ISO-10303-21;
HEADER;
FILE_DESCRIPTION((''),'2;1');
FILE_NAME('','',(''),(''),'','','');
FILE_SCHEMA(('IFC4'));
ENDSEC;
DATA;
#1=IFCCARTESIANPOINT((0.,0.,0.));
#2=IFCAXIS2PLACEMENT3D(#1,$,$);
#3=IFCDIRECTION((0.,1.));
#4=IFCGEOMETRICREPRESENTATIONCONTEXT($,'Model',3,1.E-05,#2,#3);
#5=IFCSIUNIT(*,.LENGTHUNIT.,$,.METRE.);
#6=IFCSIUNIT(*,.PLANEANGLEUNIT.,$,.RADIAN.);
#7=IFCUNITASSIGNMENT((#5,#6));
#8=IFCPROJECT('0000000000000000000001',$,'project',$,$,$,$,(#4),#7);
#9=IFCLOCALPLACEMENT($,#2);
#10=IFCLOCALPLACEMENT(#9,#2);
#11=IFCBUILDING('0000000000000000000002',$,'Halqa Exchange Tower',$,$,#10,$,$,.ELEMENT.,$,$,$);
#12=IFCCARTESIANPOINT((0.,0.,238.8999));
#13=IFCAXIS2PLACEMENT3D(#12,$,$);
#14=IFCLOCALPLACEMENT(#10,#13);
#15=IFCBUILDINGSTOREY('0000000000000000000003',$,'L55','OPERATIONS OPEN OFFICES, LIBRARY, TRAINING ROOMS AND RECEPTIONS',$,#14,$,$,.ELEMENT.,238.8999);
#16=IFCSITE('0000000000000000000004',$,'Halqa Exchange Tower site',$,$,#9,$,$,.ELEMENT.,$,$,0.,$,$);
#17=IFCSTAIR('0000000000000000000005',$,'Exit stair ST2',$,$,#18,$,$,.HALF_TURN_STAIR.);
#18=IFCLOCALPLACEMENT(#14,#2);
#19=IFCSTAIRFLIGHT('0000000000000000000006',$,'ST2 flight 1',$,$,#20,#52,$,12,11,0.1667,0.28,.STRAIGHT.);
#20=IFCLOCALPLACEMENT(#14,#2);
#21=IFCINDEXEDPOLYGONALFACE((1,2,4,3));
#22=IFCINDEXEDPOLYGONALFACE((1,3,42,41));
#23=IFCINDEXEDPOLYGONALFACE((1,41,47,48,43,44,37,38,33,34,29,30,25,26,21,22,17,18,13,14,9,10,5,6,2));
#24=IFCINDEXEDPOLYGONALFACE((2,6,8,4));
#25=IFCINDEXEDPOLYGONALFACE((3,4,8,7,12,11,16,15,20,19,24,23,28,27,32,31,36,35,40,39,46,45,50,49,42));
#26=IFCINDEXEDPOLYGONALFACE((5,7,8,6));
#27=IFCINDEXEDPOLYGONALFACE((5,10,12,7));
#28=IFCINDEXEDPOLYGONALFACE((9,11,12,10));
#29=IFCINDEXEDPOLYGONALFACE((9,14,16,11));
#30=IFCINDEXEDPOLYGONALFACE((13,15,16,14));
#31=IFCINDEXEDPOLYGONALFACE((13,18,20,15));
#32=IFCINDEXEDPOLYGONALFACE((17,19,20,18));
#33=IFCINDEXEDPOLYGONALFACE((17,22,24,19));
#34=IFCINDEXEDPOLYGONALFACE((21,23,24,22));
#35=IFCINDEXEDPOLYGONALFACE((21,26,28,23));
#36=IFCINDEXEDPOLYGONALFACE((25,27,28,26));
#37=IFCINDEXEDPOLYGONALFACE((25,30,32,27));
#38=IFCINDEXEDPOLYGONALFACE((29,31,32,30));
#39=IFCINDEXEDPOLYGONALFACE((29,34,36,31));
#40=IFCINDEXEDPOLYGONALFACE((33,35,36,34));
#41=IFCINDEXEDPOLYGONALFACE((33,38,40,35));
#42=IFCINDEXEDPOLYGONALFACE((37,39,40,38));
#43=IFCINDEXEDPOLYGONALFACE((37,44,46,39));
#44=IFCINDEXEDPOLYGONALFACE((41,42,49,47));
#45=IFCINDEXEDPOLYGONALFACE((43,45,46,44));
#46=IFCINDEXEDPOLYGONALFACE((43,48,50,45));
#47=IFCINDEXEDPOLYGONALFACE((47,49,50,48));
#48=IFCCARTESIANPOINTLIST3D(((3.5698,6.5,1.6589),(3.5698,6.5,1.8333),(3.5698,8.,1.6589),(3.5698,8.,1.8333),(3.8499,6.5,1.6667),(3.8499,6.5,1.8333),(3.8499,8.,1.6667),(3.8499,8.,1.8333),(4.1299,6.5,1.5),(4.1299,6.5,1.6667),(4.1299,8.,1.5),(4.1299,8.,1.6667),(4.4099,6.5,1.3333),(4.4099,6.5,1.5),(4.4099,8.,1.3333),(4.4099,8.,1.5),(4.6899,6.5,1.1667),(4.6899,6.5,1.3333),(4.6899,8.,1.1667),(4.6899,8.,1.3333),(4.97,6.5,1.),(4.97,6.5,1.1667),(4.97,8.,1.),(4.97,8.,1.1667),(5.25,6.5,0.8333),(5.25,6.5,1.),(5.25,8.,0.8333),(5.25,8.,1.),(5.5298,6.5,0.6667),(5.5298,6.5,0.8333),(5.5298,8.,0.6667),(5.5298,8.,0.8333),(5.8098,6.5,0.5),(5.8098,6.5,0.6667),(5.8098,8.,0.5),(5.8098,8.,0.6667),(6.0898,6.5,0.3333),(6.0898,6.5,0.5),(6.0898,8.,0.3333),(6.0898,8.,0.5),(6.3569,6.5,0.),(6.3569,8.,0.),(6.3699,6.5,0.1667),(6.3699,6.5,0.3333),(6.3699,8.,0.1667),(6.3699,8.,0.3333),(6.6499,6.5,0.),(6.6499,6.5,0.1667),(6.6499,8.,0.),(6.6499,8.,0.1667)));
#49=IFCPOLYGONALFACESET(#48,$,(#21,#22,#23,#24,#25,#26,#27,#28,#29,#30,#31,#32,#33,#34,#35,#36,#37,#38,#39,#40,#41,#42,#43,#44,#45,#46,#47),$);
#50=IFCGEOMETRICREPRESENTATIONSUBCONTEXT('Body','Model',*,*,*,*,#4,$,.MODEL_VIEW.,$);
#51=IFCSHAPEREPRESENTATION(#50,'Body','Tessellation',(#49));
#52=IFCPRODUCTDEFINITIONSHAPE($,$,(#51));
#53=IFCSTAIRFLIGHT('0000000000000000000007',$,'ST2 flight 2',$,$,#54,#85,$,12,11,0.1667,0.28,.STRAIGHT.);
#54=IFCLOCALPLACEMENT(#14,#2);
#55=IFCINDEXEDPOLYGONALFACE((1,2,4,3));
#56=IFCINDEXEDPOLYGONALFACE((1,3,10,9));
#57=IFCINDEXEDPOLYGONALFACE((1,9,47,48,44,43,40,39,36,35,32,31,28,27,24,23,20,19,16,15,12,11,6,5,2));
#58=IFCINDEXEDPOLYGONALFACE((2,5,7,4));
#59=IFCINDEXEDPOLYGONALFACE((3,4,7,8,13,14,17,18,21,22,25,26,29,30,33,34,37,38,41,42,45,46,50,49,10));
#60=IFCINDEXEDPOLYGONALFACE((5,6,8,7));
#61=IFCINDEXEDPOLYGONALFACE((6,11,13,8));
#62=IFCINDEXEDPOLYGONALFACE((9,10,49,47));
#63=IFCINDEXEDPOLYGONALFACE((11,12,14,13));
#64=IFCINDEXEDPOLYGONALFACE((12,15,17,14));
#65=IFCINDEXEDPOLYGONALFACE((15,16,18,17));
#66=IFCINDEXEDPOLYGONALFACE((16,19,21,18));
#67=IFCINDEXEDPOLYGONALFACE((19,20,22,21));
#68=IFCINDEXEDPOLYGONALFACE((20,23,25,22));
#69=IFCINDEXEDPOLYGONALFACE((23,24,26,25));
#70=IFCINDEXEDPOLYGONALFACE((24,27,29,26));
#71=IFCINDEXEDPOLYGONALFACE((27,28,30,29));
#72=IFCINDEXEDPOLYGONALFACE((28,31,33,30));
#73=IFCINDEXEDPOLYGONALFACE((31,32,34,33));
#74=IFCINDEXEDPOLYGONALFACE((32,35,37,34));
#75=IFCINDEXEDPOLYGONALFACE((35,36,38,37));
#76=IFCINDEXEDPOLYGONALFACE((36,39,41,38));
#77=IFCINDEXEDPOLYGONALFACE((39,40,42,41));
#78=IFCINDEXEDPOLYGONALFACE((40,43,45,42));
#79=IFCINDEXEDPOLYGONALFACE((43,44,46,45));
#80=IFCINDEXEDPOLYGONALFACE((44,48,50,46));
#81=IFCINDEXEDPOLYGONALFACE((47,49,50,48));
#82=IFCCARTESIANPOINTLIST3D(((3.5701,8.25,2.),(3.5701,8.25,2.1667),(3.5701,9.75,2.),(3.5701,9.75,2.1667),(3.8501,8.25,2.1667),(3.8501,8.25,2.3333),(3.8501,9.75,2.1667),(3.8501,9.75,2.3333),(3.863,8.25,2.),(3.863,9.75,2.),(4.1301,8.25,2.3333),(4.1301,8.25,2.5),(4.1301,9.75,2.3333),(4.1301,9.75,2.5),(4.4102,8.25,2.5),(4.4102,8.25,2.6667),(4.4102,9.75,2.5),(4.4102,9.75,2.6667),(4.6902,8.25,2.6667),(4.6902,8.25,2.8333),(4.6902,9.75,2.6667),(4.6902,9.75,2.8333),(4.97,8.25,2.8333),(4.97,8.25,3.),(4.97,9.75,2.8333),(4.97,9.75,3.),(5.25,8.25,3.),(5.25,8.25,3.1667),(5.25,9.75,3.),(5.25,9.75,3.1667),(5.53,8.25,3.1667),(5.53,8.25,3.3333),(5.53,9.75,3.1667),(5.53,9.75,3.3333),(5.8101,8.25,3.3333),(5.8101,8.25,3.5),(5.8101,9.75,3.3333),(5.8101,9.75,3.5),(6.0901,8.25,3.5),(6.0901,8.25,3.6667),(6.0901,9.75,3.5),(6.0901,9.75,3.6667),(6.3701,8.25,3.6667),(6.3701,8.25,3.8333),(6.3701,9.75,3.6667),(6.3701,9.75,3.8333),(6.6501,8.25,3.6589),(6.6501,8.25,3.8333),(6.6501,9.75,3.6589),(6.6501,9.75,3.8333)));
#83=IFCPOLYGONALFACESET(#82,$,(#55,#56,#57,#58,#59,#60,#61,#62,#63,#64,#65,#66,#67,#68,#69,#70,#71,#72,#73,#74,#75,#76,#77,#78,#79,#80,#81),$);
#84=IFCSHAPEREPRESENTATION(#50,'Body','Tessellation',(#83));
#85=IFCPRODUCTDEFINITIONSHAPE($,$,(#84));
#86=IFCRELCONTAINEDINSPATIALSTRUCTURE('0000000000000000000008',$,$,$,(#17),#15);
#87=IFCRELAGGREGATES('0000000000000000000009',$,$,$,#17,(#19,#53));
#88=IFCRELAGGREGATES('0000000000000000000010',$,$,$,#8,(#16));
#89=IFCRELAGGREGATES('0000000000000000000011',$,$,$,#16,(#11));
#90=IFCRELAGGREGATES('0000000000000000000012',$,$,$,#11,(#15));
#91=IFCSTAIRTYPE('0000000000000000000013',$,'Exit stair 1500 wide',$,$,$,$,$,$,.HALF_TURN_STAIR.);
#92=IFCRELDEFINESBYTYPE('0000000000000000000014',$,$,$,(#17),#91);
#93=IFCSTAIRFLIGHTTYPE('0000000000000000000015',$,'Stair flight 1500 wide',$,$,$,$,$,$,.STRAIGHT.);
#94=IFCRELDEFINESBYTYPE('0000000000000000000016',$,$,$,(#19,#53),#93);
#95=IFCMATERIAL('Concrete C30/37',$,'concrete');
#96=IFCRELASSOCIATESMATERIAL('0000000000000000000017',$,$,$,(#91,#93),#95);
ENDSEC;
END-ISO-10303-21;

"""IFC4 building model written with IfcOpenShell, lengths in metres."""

from ifc_helpers import new_model, si_unit, direction, frame, origin, place, context, subcontext, project, spatial, polyline, outline, extrude, material, type_object, element, aggregate, save


model = new_model("IFC4")

# Units and contexts
model_context = context("Model", 3, precision=1e-05, world=origin(), true_north=direction((0.0, 1.0)))
body_context = subcontext(model_context, "Body", "Model", "MODEL_VIEW")
ifc_project = project(units=[si_unit("LENGTHUNIT", "METRE"), si_unit("PLANEANGLEUNIT", "RADIAN")], contexts=[model_context])

# Site, building, storey
site_placement = place(None, origin())
site = spatial("IfcSite", under=ifc_project, at=site_placement, Name="Halqa Exchange Tower site", CompositionType="ELEMENT", RefElevation=0.0)
building_placement = place(site_placement, origin())
building = spatial("IfcBuilding", under=site, at=building_placement, Name="Halqa Exchange Tower", CompositionType="ELEMENT")
storey_placement = place(building_placement, frame((0.0, 0.0, 238.8999)))
storey = spatial("IfcBuildingStorey", under=building, at=storey_placement, Name="L55", Description="OPERATIONS OPEN OFFICES, LIBRARY, TRAINING ROOMS AND RECEPTIONS", CompositionType="ELEMENT", Elevation=238.8999)

# Stair
ifc_material_1 = material(Name="Concrete C30/37", Category="concrete")
stair_type = type_object("IfcStairType", Name="Exit stair 1500 wide", PredefinedType="HALF_TURN_STAIR", material=ifc_material_1)
stair_1_placement = place(storey_placement, origin())
stair_1 = element("IfcStair", 1, at=stair_1_placement, inside=storey, type_object=stair_type, Name="Exit stair ST2", PredefinedType="HALF_TURN_STAIR")

# Stair flights
stair_flight_type = type_object("IfcStairFlightType", Name="Stair flight 1500 wide", PredefinedType="STRAIGHT", material=ifc_material_1)
stair_flight_1_placement = place(storey_placement, frame((6.6499, 7.25, 0.0), z_axis=(0.0, 0.0, 1.0), x_axis=(-1.0, 0.0, 0.0)))
stair_flight_1 = element("IfcStairFlight", 2, at=stair_flight_1_placement, type_object=stair_flight_type, Name="ST2 flight 1", NumberOfRisers=12, NumberOfTreads=11, PredefinedType="STRAIGHT", RiserHeight=0.1667, TreadLength=0.28, context=body_context, shape_type="SweptSolid", body=[
    extrude(outline(polyline([(0.0, 0.0), (0.0, 0.1667), (0.28, 0.1667), (0.28, 0.3333), (0.5601, 0.3333), (0.5601, 0.5), (0.8401, 0.5), (0.8401, 0.6667), (1.1201, 0.6667), (1.1201, 0.8333), (1.3999, 0.8333), (1.3999, 1.0), (1.6799, 1.0), (1.6799, 1.1667), (1.96, 1.1667), (1.96, 1.3333), (2.24, 1.3333), (2.24, 1.5), (2.52, 1.5), (2.52, 1.6667), (2.8, 1.6667), (2.8, 1.8333), (3.0801, 1.8333), (3.0801, 2.0), (3.0801, 1.6589), (0.293, 0.0), (0.0, 0.0)])), frame((0.0, 0.75, 0.0), z_axis=(0.0, -1.0, 0.0), x_axis=(1.0, 0.0, 0.0)), (0.0, 0.0, 1.0), 1.5),
])
stair_flight_2_placement = place(storey_placement, frame((3.5701, 9.0, 2.0), z_axis=(0.0, 0.0, 1.0), x_axis=(1.0, 0.0, 0.0)))
stair_flight_2 = element("IfcStairFlight", 3, at=stair_flight_2_placement, type_object=stair_flight_type, Name="ST2 flight 2", NumberOfRisers=12, NumberOfTreads=11, PredefinedType="STRAIGHT", RiserHeight=0.1667, TreadLength=0.28, context=body_context, shape_type="SweptSolid", body=[
    extrude(outline(polyline([(0.0, 0.0), (0.0, 0.1667), (0.28, 0.1667), (0.28, 0.3333), (0.5601, 0.3333), (0.5601, 0.5), (0.8401, 0.5), (0.8401, 0.6667), (1.1201, 0.6667), (1.1201, 0.8333), (1.3999, 0.8333), (1.3999, 1.0), (1.6799, 1.0), (1.6799, 1.1667), (1.96, 1.1667), (1.96, 1.3333), (2.24, 1.3333), (2.24, 1.5), (2.52, 1.5), (2.52, 1.6667), (2.8, 1.6667), (2.8, 1.8333), (3.0801, 1.8333), (3.0801, 2.0), (3.0801, 1.6589), (0.293, 0.0), (0.0, 0.0)])), frame((0.0, 0.75, 0.0), z_axis=(0.0, -1.0, 0.0), x_axis=(1.0, 0.0, 0.0)), (0.0, 0.0, 1.0), 1.5),
])
aggregate(stair_1, [stair_flight_1, stair_flight_2])

save(model, "model.ifc")
